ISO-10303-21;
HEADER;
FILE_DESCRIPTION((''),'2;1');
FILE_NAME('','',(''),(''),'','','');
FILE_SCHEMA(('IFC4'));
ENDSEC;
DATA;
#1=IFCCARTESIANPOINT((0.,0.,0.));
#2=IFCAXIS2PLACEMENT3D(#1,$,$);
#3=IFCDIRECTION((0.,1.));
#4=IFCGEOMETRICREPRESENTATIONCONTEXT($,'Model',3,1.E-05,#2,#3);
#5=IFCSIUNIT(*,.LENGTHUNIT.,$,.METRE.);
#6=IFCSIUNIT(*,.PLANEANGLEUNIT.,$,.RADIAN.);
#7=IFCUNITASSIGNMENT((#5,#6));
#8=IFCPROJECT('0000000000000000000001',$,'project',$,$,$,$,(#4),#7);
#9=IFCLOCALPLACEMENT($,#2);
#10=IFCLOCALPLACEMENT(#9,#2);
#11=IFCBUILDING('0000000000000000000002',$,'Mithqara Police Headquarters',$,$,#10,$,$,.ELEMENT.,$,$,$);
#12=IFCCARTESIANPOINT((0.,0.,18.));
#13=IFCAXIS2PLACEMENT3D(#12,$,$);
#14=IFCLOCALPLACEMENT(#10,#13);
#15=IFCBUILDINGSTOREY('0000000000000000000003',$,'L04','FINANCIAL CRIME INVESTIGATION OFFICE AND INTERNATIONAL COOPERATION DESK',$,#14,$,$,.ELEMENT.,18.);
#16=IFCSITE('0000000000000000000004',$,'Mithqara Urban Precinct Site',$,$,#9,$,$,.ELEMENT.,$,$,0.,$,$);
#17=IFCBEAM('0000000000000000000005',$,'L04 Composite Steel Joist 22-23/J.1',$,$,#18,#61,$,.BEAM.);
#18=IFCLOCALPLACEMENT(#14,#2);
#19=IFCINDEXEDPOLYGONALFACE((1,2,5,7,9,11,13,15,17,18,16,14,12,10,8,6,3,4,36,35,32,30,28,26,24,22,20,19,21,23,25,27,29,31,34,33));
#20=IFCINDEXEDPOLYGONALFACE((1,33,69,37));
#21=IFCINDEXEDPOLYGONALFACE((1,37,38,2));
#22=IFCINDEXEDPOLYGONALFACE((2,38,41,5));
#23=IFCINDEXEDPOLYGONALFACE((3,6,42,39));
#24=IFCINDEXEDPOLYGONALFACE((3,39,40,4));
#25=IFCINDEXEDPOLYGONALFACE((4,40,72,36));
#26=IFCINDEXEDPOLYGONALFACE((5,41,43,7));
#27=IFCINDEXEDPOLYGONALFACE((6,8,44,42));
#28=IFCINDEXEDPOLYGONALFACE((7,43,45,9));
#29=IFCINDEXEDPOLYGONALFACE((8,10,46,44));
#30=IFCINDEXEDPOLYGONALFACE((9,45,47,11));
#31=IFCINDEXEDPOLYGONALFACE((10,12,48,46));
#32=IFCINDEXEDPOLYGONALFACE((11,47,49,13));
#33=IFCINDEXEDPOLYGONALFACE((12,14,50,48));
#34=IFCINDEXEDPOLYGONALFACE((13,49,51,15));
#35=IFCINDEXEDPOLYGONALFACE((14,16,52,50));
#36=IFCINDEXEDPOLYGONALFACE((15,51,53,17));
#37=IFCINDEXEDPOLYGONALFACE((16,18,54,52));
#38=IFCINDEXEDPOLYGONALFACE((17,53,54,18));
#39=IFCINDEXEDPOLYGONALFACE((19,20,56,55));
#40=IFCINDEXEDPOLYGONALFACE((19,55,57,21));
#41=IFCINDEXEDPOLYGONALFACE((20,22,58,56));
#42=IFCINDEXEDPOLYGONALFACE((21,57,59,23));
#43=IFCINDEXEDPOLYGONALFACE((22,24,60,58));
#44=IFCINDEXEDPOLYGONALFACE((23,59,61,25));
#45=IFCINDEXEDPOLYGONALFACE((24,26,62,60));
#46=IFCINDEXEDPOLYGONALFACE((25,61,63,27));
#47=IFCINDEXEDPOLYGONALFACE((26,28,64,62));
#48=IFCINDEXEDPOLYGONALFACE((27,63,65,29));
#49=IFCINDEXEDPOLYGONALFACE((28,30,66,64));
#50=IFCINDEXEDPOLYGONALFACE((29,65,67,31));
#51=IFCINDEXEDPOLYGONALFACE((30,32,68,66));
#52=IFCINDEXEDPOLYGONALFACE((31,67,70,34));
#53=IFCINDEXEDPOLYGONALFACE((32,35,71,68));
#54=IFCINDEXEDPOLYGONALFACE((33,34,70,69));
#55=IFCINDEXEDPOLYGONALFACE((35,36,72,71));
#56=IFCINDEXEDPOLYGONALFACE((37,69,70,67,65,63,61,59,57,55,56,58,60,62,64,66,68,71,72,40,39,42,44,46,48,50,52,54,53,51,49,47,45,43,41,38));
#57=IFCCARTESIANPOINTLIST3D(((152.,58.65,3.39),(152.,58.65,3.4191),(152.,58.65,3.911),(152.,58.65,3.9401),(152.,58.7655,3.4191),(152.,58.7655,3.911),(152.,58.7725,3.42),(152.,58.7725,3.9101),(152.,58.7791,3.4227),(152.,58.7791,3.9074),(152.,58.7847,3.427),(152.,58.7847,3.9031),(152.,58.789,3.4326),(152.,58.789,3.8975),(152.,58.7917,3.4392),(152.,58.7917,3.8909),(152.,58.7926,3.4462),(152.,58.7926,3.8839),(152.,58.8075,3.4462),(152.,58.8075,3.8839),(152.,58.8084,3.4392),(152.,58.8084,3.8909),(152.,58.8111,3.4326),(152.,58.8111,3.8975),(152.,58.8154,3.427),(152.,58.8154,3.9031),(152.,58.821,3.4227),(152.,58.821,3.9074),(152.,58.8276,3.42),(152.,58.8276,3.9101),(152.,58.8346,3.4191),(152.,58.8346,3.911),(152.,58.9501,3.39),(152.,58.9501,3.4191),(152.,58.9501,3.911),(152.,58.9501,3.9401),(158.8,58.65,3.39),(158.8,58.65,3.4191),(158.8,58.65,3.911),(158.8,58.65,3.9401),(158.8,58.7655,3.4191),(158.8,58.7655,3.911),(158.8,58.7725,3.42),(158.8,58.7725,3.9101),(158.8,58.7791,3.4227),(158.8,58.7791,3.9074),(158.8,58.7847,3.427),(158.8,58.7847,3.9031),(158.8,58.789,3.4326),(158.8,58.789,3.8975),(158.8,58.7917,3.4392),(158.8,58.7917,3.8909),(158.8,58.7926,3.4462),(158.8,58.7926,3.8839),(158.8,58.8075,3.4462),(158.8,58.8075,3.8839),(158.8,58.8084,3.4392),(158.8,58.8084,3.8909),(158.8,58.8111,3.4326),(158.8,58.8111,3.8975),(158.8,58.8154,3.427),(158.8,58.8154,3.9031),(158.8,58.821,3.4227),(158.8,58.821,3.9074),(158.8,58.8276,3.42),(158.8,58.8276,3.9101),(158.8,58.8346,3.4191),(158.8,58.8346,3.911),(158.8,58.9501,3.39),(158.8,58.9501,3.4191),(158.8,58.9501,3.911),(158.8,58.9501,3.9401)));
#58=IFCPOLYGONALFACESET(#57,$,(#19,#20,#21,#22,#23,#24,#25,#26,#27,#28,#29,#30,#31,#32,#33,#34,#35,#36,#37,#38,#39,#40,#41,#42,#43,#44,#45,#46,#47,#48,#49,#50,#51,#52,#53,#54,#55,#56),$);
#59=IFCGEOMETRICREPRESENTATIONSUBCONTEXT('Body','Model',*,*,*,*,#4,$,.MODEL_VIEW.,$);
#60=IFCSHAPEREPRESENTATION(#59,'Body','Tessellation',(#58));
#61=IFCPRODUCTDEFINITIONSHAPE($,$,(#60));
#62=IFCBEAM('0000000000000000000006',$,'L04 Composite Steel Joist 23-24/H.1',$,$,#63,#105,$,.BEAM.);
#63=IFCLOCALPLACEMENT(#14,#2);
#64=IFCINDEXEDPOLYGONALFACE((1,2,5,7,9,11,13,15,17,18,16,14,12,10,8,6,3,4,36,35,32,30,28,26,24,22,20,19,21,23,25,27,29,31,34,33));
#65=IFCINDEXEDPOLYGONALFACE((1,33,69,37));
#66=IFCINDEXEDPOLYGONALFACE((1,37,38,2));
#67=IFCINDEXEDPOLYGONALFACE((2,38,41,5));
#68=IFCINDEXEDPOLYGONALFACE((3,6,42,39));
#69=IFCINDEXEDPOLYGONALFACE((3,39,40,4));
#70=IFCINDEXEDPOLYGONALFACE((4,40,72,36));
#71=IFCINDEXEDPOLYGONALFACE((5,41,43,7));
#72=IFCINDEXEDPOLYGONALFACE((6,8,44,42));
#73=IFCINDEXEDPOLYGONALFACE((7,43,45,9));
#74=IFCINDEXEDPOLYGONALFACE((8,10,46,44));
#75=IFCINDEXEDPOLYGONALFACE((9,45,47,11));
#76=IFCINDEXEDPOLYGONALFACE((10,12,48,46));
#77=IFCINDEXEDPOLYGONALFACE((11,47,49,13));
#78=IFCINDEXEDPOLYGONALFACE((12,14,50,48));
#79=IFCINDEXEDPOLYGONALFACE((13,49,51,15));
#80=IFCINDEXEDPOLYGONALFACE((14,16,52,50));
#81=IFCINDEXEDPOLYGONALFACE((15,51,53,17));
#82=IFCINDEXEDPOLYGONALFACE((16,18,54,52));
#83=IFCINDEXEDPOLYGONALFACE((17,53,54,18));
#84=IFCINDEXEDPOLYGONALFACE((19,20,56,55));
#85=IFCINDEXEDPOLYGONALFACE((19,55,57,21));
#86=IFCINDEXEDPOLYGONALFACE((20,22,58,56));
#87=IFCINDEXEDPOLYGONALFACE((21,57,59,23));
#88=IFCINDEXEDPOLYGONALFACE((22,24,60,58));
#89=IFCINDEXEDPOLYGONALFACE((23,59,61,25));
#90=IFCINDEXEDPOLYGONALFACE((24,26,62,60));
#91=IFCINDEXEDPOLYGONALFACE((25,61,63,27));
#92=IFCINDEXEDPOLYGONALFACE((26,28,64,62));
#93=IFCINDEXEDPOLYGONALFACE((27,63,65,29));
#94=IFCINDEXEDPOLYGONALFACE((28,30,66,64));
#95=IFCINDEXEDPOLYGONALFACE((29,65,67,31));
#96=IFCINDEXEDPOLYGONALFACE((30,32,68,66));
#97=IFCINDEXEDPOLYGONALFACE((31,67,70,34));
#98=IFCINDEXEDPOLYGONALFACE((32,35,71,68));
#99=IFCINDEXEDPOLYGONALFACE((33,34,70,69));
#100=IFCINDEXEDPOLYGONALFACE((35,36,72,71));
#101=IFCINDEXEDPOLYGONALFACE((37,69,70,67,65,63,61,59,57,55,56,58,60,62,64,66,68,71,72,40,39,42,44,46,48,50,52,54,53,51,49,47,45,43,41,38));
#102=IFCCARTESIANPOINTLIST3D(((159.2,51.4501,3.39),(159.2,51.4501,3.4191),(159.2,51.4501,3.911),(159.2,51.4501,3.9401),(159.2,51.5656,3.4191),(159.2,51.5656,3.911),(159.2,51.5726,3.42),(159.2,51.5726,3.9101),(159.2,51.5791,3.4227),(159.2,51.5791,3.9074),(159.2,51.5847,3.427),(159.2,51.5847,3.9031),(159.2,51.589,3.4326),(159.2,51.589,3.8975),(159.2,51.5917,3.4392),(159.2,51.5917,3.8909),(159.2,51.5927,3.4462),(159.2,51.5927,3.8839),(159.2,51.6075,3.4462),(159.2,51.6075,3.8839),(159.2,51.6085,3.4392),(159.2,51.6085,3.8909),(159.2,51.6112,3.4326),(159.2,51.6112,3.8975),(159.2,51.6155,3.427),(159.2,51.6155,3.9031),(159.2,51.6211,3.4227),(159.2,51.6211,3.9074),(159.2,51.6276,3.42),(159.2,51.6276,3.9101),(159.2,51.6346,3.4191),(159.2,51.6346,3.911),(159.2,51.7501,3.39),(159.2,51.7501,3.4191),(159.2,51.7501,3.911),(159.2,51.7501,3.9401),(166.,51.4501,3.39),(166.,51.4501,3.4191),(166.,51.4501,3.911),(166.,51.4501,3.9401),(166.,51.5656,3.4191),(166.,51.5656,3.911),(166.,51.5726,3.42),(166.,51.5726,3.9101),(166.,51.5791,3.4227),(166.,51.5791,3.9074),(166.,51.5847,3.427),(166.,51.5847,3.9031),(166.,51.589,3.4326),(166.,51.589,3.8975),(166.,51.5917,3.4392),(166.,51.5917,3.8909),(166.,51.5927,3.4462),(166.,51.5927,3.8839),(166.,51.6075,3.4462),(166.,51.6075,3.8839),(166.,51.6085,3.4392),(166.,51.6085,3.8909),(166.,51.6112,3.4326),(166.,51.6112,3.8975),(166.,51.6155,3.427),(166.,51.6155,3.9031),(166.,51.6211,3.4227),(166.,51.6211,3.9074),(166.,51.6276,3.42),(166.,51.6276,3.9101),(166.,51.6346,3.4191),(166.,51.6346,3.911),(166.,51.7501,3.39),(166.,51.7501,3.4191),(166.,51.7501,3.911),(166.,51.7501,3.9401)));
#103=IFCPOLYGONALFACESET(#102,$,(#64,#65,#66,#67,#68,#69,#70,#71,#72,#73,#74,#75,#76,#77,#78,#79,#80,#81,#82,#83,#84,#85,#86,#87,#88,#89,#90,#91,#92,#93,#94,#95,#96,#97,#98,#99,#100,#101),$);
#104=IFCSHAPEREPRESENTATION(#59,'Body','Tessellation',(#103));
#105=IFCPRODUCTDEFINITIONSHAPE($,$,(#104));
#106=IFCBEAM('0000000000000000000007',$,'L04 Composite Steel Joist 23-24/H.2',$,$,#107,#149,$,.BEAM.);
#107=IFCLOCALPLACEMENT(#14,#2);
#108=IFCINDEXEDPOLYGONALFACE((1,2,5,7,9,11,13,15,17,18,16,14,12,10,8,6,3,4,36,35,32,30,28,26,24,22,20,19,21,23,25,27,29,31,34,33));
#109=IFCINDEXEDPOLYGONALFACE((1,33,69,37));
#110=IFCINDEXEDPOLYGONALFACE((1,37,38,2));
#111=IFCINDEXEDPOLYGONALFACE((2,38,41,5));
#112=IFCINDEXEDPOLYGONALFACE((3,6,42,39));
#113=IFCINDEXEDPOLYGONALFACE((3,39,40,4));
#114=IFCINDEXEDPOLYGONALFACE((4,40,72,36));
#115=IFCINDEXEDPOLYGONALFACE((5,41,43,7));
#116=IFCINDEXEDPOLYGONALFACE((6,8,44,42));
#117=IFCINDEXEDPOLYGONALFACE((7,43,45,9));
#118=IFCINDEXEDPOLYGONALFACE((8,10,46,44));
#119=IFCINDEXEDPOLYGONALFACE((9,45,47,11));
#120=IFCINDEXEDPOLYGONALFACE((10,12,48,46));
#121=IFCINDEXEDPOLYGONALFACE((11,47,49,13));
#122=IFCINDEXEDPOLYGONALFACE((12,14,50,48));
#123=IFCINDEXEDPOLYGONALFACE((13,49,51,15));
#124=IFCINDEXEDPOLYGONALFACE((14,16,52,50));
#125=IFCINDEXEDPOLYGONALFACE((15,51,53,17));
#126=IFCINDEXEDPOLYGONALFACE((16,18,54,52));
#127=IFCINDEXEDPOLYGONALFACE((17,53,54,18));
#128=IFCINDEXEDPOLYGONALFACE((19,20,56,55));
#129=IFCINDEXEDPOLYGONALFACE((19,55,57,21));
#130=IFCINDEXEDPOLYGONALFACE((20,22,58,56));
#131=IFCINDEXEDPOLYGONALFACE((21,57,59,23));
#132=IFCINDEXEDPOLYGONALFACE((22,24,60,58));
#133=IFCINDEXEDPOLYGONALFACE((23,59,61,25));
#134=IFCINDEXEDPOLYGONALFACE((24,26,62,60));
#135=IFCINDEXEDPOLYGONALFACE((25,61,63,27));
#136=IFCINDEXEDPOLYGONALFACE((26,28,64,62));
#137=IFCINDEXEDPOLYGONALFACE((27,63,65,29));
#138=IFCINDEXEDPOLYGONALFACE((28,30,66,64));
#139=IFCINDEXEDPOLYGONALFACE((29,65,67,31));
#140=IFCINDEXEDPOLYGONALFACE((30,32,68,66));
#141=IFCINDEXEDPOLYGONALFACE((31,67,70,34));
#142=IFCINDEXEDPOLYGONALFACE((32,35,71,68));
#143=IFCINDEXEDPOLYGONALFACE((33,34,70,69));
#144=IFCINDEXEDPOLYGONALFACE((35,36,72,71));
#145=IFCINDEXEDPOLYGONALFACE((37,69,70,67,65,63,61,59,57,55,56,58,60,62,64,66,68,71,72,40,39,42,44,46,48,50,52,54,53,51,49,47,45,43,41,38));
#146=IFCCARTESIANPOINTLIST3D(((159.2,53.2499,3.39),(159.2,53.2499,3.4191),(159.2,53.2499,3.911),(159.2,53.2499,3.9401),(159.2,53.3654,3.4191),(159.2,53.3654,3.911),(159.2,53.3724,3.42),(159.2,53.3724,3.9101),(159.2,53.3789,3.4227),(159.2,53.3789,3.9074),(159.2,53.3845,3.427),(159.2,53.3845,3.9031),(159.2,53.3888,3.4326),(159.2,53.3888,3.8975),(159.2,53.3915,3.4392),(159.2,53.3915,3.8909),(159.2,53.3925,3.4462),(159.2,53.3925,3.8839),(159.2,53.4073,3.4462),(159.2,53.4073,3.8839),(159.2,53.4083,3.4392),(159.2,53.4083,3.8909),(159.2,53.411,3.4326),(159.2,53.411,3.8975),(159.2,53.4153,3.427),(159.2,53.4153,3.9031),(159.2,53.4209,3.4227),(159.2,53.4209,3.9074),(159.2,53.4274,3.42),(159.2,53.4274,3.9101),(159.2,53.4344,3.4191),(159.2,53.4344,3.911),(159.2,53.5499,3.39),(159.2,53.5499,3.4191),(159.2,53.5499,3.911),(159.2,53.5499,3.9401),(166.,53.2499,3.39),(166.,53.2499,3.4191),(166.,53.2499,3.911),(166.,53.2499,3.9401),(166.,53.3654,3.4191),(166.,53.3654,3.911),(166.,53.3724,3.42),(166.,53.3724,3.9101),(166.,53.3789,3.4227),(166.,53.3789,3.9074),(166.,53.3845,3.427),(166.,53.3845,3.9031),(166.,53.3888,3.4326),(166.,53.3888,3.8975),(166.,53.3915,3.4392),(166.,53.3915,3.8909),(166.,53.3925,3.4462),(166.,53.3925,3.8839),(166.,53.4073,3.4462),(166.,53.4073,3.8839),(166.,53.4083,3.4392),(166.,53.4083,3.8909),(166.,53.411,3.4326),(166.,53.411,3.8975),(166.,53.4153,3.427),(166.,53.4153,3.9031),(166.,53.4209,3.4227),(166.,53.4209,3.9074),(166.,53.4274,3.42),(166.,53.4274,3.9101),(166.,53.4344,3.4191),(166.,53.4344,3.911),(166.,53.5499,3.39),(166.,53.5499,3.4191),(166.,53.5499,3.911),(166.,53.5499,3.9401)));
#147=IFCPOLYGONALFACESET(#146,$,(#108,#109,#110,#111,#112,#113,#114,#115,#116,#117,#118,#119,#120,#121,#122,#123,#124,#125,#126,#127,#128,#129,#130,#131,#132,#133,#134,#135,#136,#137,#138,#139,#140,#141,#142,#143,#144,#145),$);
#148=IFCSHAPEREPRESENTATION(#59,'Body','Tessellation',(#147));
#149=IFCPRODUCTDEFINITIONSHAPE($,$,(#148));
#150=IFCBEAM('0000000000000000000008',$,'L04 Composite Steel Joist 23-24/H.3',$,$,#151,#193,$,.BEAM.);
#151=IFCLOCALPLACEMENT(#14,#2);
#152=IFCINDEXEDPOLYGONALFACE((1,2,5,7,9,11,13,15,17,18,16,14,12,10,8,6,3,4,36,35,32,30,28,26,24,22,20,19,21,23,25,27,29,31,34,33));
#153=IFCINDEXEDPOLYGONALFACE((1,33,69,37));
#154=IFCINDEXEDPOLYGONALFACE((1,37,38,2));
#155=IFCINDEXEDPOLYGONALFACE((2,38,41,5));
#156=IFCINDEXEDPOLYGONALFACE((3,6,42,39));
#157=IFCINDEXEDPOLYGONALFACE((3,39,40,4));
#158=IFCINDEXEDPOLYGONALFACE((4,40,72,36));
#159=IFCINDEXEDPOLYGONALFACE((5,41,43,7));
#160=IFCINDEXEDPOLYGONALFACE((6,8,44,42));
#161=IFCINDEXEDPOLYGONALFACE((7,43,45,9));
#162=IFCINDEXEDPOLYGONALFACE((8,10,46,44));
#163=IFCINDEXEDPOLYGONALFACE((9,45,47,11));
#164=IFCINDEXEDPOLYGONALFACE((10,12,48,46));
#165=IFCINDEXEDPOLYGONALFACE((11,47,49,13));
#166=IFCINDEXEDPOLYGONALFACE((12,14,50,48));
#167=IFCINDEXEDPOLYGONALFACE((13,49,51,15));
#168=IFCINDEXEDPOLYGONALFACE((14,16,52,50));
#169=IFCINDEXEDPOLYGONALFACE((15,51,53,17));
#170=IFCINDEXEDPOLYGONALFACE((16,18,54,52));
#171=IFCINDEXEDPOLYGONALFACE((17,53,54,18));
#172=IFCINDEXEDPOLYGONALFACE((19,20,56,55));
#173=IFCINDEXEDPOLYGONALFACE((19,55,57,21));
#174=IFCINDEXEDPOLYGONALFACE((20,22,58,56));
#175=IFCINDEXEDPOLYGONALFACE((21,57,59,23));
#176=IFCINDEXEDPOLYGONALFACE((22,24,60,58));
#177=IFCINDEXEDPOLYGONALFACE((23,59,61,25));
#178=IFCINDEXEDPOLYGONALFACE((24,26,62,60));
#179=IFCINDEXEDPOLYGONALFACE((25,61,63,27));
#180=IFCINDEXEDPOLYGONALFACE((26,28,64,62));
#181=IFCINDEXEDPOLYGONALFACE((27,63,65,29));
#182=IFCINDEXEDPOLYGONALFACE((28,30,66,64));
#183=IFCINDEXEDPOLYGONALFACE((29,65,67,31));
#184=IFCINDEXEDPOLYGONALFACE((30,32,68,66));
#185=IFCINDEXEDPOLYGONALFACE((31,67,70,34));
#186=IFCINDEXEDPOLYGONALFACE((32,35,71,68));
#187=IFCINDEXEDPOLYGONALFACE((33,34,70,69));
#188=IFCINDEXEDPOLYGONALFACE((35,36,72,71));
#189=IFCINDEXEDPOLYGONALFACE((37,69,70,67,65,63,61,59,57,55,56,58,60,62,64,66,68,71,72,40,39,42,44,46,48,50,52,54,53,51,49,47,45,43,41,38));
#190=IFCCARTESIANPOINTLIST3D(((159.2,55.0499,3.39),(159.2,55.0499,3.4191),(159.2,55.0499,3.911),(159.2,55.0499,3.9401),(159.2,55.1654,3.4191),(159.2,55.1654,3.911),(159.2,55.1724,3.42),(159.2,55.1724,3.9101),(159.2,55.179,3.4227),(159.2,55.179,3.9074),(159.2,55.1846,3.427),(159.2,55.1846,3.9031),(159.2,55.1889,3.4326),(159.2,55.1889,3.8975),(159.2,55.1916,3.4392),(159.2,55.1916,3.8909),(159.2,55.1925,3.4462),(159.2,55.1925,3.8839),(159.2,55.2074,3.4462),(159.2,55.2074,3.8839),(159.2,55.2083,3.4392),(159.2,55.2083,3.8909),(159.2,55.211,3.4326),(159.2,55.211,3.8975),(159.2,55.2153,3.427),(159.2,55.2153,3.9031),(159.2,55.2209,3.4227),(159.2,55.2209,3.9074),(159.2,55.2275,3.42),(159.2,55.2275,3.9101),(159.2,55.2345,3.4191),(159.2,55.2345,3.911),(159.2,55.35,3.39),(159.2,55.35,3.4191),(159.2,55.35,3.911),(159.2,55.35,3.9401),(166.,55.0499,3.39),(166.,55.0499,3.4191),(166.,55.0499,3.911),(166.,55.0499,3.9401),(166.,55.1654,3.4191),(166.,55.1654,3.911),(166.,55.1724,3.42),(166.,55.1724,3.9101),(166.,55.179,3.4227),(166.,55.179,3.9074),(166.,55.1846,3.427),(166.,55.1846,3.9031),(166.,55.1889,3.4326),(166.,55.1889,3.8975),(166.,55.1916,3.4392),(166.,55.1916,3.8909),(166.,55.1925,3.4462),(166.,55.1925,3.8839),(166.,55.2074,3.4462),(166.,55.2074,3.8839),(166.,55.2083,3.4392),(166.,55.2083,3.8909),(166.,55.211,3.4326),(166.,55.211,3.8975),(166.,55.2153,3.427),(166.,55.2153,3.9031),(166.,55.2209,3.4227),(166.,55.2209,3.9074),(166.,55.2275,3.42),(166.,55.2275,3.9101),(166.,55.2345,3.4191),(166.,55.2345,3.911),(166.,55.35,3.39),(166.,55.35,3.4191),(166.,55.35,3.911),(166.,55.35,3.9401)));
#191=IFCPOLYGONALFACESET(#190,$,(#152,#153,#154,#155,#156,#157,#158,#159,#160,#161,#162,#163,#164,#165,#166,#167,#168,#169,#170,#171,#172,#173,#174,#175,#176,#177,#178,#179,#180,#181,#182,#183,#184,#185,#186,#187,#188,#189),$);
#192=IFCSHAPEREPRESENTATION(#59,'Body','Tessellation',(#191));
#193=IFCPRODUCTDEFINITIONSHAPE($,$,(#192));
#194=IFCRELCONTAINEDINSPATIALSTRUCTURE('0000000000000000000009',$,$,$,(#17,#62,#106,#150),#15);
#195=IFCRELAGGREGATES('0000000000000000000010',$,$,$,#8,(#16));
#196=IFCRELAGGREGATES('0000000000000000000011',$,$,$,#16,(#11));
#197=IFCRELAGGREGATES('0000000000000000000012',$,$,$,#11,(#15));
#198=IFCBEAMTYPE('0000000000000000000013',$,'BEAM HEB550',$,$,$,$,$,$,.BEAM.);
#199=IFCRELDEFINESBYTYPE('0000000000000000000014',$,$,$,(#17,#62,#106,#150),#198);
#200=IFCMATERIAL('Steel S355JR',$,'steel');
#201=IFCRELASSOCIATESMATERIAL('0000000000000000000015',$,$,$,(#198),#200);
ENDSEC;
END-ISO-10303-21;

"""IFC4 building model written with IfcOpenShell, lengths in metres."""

from ifc_helpers import new_model, si_unit, direction, frame, origin, origin_2d, place, context, subcontext, project, spatial, i_section, extrude, material, material_profile, profile_set, type_object, element, save


model = new_model("IFC4")

# Units and contexts
model_context = context("Model", 3, precision=1e-05, world=origin(), true_north=direction((0.0, 1.0)))
body_context = subcontext(model_context, "Body", "Model", "MODEL_VIEW")
ifc_project = project(units=[si_unit("LENGTHUNIT", "METRE"), si_unit("PLANEANGLEUNIT", "RADIAN")], contexts=[model_context])

# Site, building, storey
site_placement = place(None, origin())
site = spatial("IfcSite", under=ifc_project, at=site_placement, Name="Mithqara Urban Precinct Site", CompositionType="ELEMENT", RefElevation=0.0)
building_placement = place(site_placement, origin())
building = spatial("IfcBuilding", under=site, at=building_placement, Name="Mithqara Police Headquarters", CompositionType="ELEMENT")
storey_placement = place(building_placement, frame((0.0, 0.0, 18.0)))
storey = spatial("IfcBuildingStorey", under=building, at=storey_placement, Name="L04", Description="FINANCIAL CRIME INVESTIGATION OFFICE AND INTERNATIONAL COOPERATION DESK", CompositionType="ELEMENT", Elevation=18.0)

# Beams
ifc_material_1 = material(Name="Steel S355JR", Category="steel")
ifc_material_profile_1 = material_profile(ifc_material_1, i_section(OverallWidth=0.3, OverallDepth=0.55, WebThickness=0.0149, FlangeThickness=0.0291, FilletRadius=0.0271, at=origin_2d()), Name="HEB 550")
ifc_profile_set_1 = profile_set([ifc_material_profile_1], Name="Steel S355JR")
beam_type_1 = type_object("IfcBeamType", Name="BEAM HEB550", PredefinedType="BEAM", material=ifc_profile_set_1)
for number, where, z_axis, x_axis, name in (
    (1, (152.0, 58.8, 3.665), (1.0, 0.0, 0.0), (0.0, 1.0, 0.0), "L04 Composite Steel Joist 22-23/J.1"),
    (2, (159.2, 51.6001, 3.665), (1.0, 0.0, 0.0), (0.0, 1.0, 0.0), "L04 Composite Steel Joist 23-24/H.1"),
    (3, (159.2, 53.3999, 3.665), (1.0, 0.0, 0.0), (0.0, 1.0, 0.0), "L04 Composite Steel Joist 23-24/H.2"),
    (4, (159.2, 55.2, 3.665), (1.0, 0.0, 0.0), (0.0, 1.0, 0.0), "L04 Composite Steel Joist 23-24/H.3"),
):
    element("IfcBeam", number, at=place(storey_placement, frame(where, z_axis=z_axis, x_axis=x_axis)), inside=storey, type_object=beam_type_1, Name=name, PredefinedType="BEAM", context=body_context, shape_type="SweptSolid", body=[
        extrude(i_section(OverallWidth=0.3, OverallDepth=0.55, WebThickness=0.0149, FlangeThickness=0.0291, FilletRadius=0.0271, at=origin_2d()), origin(), (0.0, 0.0, 1.0), 6.8),
    ])

save(model, "model.ifc")
